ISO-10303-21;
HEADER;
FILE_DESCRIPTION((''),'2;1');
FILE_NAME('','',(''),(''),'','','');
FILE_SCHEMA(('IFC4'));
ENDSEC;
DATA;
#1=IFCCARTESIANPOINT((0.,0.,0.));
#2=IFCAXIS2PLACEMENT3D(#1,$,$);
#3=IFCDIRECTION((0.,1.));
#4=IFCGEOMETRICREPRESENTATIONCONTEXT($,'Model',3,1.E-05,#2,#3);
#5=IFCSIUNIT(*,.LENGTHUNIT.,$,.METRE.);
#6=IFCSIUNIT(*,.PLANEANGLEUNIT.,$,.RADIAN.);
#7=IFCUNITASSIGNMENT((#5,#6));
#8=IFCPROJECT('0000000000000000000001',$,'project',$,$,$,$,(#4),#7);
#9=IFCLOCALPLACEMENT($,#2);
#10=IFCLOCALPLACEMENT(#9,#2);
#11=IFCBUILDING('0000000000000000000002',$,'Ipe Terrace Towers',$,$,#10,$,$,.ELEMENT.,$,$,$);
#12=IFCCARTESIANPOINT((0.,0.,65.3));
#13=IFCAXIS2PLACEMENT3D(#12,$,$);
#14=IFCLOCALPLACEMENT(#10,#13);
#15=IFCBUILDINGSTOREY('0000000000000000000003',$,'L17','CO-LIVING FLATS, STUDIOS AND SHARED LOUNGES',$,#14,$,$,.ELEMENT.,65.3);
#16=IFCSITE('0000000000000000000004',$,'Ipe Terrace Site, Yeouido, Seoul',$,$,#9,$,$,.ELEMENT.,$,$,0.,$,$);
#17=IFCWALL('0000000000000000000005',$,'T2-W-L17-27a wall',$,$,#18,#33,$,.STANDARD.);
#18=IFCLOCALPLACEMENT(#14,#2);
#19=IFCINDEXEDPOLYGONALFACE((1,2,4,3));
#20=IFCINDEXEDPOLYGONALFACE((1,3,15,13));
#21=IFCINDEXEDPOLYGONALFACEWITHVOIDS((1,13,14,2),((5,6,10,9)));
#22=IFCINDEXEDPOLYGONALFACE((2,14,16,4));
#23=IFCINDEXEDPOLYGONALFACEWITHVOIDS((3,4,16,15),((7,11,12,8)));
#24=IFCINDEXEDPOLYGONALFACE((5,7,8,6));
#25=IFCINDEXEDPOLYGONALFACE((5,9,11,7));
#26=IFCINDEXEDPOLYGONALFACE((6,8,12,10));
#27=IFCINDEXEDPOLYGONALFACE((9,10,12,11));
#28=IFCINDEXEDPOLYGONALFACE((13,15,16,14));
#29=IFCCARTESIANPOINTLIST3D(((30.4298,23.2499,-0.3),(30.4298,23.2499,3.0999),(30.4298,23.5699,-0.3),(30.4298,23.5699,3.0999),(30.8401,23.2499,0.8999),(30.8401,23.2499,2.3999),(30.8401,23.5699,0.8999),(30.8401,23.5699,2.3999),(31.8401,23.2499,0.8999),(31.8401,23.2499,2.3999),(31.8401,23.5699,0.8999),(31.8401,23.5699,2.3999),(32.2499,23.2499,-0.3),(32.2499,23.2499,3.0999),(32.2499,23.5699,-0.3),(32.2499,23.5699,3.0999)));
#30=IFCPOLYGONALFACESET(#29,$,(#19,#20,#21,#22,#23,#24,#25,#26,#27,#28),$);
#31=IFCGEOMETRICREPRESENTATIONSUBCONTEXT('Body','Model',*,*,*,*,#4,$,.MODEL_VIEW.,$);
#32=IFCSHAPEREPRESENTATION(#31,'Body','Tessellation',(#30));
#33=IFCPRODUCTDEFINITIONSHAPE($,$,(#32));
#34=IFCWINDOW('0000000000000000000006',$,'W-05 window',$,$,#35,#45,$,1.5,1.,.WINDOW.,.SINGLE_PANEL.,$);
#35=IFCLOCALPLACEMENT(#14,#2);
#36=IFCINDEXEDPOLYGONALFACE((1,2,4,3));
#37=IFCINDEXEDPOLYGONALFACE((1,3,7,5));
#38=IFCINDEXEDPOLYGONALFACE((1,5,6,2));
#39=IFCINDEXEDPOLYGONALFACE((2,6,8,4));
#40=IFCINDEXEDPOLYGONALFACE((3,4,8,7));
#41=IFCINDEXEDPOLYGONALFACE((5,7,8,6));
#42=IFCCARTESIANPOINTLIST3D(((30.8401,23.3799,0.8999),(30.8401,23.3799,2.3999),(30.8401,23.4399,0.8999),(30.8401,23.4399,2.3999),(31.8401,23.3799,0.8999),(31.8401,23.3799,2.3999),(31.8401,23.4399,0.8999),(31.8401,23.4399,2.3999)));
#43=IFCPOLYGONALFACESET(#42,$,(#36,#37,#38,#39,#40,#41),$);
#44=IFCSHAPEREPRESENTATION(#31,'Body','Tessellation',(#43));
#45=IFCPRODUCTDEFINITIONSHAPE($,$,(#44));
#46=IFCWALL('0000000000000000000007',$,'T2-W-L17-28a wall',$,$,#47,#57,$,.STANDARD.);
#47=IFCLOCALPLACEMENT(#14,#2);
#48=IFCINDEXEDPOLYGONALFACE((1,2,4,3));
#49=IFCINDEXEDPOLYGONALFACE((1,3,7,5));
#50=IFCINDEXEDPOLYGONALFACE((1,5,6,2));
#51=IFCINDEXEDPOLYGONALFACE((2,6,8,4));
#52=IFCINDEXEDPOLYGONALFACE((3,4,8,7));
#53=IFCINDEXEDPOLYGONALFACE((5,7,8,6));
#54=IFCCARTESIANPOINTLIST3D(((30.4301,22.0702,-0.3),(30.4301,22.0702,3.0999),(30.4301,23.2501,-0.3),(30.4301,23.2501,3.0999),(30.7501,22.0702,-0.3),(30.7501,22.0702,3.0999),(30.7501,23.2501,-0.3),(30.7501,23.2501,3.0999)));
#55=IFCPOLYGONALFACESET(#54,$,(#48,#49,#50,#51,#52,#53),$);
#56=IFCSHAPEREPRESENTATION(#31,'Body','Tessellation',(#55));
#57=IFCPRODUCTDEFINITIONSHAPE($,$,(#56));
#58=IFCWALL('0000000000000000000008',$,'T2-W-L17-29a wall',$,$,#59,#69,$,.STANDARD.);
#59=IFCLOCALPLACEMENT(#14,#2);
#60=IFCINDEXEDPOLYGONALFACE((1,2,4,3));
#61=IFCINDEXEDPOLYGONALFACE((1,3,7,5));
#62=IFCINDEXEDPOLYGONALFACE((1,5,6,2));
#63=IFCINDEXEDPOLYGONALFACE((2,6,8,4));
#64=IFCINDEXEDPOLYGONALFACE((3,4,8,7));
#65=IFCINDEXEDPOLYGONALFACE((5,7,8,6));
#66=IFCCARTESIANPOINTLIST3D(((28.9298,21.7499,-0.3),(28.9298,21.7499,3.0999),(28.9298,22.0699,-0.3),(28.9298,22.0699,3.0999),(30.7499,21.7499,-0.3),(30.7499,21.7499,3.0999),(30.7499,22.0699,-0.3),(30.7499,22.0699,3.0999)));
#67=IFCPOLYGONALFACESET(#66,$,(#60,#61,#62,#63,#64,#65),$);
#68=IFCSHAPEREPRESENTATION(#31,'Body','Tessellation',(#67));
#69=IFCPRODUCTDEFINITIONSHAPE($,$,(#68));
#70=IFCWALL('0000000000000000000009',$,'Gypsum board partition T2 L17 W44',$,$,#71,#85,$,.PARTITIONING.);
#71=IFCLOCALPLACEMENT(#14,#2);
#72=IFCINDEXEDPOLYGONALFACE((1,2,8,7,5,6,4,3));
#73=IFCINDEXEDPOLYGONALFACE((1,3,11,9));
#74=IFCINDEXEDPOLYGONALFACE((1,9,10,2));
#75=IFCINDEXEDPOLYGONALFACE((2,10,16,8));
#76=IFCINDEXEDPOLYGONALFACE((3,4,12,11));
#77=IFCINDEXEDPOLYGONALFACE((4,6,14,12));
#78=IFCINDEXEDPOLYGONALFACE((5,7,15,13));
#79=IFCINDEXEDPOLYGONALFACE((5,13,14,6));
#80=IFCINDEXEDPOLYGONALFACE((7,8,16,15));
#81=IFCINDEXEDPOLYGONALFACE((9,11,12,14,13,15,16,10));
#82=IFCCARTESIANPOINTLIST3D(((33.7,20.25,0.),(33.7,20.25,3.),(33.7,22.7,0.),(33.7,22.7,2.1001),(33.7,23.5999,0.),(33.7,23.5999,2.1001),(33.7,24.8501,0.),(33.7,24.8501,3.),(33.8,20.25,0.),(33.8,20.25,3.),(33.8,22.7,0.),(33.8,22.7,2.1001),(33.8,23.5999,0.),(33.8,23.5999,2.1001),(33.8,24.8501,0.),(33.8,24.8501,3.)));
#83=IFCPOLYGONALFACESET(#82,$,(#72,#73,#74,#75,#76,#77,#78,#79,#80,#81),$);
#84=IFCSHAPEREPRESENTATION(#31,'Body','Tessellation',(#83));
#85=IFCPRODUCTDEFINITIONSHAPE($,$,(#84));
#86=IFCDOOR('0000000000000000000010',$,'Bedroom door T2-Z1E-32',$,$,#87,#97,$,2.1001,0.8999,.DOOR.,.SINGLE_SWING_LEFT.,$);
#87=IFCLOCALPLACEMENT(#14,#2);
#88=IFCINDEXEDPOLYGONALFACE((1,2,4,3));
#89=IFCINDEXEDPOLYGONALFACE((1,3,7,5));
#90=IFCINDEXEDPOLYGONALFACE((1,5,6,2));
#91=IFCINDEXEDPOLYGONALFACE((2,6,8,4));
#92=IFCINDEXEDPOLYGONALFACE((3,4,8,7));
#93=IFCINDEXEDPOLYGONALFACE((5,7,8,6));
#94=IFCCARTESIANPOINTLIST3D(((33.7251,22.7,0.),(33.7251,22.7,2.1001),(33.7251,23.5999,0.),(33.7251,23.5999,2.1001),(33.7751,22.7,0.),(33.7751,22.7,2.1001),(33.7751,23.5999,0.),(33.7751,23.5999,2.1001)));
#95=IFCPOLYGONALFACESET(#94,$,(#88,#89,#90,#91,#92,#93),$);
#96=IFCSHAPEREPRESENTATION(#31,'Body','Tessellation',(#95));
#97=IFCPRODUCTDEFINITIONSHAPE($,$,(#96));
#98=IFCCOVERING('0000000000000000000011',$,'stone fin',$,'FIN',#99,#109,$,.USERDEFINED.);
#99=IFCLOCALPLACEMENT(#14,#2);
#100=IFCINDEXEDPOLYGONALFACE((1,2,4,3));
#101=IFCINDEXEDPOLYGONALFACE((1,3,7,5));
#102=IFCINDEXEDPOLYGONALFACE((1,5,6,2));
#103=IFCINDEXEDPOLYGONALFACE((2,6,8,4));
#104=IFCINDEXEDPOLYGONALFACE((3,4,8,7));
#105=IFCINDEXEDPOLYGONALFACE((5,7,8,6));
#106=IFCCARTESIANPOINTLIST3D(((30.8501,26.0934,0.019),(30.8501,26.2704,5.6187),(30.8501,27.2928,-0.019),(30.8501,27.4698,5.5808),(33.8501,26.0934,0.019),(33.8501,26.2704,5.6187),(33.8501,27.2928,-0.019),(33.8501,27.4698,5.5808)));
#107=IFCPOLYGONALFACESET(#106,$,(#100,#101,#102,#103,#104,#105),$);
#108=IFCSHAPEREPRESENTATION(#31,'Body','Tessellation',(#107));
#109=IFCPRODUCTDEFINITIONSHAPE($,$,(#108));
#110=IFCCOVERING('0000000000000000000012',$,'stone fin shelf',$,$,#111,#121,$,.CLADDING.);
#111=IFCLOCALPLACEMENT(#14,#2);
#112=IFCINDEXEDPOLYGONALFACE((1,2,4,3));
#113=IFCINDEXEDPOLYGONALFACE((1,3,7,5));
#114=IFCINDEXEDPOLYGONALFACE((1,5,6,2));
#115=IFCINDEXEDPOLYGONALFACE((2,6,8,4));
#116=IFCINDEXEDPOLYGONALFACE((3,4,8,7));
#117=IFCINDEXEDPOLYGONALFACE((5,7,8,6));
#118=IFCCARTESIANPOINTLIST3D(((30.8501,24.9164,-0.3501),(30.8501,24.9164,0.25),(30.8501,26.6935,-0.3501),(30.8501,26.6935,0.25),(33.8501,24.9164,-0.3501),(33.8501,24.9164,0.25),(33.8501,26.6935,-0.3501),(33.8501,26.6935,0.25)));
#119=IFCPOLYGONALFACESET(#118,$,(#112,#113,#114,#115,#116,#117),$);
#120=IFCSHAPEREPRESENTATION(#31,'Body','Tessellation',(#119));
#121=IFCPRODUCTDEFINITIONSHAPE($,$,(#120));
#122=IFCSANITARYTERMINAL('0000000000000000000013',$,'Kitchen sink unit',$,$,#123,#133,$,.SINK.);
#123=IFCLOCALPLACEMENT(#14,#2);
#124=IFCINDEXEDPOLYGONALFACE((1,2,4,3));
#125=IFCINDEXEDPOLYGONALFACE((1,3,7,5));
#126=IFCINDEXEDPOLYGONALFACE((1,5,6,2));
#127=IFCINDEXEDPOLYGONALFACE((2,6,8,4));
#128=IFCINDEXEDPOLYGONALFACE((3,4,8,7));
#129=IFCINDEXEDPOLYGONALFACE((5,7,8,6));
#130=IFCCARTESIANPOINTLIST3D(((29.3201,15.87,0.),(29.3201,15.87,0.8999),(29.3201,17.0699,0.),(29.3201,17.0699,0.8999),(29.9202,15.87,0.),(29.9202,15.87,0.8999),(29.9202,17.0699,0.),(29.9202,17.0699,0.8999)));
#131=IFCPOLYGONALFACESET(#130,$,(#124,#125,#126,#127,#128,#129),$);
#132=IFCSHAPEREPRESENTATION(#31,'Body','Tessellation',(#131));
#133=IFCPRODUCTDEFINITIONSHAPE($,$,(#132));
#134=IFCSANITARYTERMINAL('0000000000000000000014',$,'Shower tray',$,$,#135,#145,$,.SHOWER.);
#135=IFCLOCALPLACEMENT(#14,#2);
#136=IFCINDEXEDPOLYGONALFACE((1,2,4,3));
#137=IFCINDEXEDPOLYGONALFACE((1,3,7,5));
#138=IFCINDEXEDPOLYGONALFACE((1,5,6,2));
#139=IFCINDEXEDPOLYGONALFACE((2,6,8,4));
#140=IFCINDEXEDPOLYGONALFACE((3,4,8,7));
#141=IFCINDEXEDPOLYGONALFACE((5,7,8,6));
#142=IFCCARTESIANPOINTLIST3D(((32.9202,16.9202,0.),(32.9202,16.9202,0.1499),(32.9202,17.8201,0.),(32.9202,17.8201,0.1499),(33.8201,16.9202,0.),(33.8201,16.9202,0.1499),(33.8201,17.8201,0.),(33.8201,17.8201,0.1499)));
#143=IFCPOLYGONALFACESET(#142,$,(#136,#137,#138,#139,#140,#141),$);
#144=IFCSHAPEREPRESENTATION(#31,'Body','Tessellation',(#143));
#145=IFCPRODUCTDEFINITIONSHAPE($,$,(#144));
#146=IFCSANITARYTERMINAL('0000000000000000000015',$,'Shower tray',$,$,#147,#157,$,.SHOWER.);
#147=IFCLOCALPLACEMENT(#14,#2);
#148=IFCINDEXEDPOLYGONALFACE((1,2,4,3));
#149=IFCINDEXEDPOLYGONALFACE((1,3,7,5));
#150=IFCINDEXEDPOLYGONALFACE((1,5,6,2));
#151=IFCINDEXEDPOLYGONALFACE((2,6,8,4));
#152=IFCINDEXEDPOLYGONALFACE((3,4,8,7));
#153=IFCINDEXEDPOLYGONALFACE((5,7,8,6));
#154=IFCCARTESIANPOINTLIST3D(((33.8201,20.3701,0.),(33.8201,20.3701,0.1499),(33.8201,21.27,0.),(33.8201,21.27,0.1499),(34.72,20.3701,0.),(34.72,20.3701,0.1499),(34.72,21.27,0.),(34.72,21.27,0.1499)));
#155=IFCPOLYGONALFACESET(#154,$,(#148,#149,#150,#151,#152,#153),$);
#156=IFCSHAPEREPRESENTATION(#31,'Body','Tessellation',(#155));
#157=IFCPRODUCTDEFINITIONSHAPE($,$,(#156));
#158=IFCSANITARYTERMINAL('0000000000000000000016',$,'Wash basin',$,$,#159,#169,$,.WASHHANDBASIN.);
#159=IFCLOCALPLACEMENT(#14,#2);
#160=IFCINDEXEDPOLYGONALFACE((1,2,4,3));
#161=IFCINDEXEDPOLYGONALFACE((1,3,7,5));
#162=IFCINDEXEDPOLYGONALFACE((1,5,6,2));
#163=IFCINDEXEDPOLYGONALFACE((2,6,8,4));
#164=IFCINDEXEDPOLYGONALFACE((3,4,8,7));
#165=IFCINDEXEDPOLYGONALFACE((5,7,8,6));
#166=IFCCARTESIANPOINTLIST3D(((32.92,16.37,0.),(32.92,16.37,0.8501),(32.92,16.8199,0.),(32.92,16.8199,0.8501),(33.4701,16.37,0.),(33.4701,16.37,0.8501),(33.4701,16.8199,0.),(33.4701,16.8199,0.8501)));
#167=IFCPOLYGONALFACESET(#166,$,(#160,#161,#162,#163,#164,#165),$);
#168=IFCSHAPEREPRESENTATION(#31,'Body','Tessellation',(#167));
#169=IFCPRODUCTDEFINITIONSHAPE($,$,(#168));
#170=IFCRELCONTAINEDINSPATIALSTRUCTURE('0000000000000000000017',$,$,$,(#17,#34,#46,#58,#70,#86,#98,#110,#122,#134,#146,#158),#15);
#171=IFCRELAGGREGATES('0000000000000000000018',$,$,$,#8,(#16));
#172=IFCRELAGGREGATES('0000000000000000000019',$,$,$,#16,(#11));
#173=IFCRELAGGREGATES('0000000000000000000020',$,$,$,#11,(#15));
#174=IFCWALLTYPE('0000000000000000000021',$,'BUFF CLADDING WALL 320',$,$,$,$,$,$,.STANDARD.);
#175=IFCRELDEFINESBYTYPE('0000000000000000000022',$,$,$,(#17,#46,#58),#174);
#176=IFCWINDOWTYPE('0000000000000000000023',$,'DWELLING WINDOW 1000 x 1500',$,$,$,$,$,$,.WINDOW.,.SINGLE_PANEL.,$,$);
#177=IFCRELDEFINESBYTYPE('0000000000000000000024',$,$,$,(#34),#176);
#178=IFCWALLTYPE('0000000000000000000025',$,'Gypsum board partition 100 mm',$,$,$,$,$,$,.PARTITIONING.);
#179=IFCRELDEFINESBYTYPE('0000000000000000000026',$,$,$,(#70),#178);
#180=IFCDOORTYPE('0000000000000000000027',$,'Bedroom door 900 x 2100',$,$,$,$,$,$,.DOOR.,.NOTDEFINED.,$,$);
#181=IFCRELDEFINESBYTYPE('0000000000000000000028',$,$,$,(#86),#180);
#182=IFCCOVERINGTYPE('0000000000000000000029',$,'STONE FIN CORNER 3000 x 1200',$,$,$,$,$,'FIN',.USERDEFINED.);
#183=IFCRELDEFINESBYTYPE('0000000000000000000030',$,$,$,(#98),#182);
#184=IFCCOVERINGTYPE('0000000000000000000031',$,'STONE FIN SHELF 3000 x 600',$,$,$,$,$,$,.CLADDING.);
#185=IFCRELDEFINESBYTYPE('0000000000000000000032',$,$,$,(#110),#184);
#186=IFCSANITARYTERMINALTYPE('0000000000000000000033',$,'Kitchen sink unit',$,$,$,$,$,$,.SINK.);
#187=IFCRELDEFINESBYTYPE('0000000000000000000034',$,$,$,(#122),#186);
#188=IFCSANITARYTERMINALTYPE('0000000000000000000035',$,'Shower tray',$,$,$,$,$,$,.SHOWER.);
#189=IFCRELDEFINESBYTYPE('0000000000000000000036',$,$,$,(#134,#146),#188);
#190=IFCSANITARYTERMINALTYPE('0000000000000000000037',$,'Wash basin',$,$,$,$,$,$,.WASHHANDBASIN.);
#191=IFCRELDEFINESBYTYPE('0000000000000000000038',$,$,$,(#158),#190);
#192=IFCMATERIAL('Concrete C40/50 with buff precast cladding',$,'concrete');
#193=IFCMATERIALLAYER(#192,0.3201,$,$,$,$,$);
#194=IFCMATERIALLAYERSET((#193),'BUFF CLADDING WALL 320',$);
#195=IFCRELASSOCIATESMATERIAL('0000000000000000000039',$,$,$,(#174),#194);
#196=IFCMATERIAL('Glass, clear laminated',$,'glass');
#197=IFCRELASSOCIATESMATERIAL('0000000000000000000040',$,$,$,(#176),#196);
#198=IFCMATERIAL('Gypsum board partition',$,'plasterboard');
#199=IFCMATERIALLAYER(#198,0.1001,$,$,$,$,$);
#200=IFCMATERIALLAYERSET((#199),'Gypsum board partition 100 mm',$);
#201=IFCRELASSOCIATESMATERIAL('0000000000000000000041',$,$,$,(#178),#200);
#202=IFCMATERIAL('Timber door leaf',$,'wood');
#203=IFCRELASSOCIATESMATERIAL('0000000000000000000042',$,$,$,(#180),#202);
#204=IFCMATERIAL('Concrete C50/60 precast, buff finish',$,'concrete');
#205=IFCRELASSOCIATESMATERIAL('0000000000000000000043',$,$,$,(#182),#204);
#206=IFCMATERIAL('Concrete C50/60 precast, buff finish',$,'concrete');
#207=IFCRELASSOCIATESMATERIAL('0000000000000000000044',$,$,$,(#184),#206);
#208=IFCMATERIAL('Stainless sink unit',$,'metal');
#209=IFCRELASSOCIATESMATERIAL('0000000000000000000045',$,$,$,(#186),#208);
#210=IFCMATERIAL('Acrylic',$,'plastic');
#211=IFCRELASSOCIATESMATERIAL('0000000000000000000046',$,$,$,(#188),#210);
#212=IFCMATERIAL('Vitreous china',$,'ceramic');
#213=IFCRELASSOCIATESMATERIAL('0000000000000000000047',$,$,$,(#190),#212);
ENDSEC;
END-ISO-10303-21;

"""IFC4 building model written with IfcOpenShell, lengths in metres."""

from ifc_helpers import new_model, si_unit, direction, frame, frame_2d, origin, origin_2d, place, context, subcontext, project, spatial, rectangle, extrude, material, layer, layer_set, material_profile, profile_set, type_object, element, fill, save


model = new_model("IFC4")

# Units and contexts
model_context = context("Model", 3, precision=1e-05, world=origin(), true_north=direction((0.0, 1.0)))
body_context = subcontext(model_context, "Body", "Model", "MODEL_VIEW")
ifc_project = project(units=[si_unit("LENGTHUNIT", "METRE"), si_unit("PLANEANGLEUNIT", "RADIAN")], contexts=[model_context])

# Site, building, storey
site_placement = place(None, origin())
site = spatial("IfcSite", under=ifc_project, at=site_placement, Name="Ipe Terrace Site, Yeouido, Seoul", CompositionType="ELEMENT", RefElevation=0.0)
building_placement = place(site_placement, origin())
building = spatial("IfcBuilding", under=site, at=building_placement, Name="Ipe Terrace Towers", CompositionType="ELEMENT")
storey_placement = place(building_placement, frame((0.0, 0.0, 65.3)))
storey = spatial("IfcBuildingStorey", under=building, at=storey_placement, Name="L17", Description="CO-LIVING FLATS, STUDIOS AND SHARED LOUNGES", CompositionType="ELEMENT", Elevation=65.3)

# Shared definitions
ifc_material_1 = material(Name="Concrete C40/50 with buff precast cladding", Category="concrete")
ifc_layer_1 = layer(ifc_material_1, 0.3201)
ifc_layer_set_1 = layer_set([ifc_layer_1], Name="BUFF CLADDING WALL 320")
wall_type_1 = type_object("IfcWallType", Name="BUFF CLADDING WALL 320", PredefinedType="STANDARD", material=ifc_layer_set_1)

# Wall, opening, window
wall_1_placement = place(storey_placement, frame((32.25, 23.4099, -0.3), z_axis=(0.0, 0.0, 1.0), x_axis=(-1.0, 0.0, 0.0)))
wall_1 = element("IfcWall", 1, at=wall_1_placement, inside=storey, type_object=wall_type_1, Name="T2-W-L17-27a wall", PredefinedType="STANDARD", context=body_context, shape_type="SweptSolid", body=[
    extrude(rectangle(XDim=1.8201, YDim=0.3201, at=frame_2d((0.9102, 0.0))), origin(), (0.0, 0.0, 1.0), 3.3999),
])
opening_1_placement = place(wall_1_placement, frame((0.4099, 0.0, 1.2)))
opening_1 = element("IfcOpeningElement", 2, at=opening_1_placement, cuts=wall_1, PredefinedType="OPENING", context=body_context, shape_type="SweptSolid", body=[
    extrude(rectangle(XDim=1.0, YDim=1.5, at=frame_2d((0.5, 0.75))), frame((0.0, 0.1699, 0.0), z_axis=(0.0, -1.0, 0.0), x_axis=(1.0, 0.0, 0.0)), (0.0, 0.0, 1.0), 0.3401),
])
ifc_material_2 = material(Name="Glass, clear laminated", Category="glass")
window_type = type_object("IfcWindowType", Name="DWELLING WINDOW 1000 x 1500", PartitioningType="SINGLE_PANEL", PredefinedType="WINDOW", material=ifc_material_2)
window_placement = place(opening_1_placement, origin())
window = element("IfcWindow", 3, at=window_placement, inside=storey, type_object=window_type, Name="W-05 window", OverallHeight=1.5, OverallWidth=1.0, PartitioningType="SINGLE_PANEL", PredefinedType="WINDOW", context=body_context, shape_type="SweptSolid", body=[
    extrude(rectangle(XDim=1.0, YDim=1.5, at=frame_2d((0.5, 0.75))), frame((0.0, 0.03, 0.0), z_axis=(0.0, -1.0, 0.0), x_axis=(1.0, 0.0, 0.0)), (0.0, 0.0, 1.0), 0.0601),
])
fill(opening_1, window)

# Walls
wall_2_placement = place(storey_placement, frame((30.5901, 23.25, -0.3), z_axis=(0.0, 0.0, 1.0), x_axis=(0.0, -1.0, 0.0)))
element("IfcWall", 4, at=wall_2_placement, inside=storey, type_object=wall_type_1, Name="T2-W-L17-28a wall", PredefinedType="STANDARD", context=body_context, shape_type="SweptSolid", body=[
    extrude(rectangle(XDim=1.1799, YDim=0.3201, at=frame_2d((0.5898, 0.0))), origin(), (0.0, 0.0, 1.0), 3.3999),
])
wall_3_placement = place(storey_placement, frame((30.75, 21.9099, -0.3), z_axis=(0.0, 0.0, 1.0), x_axis=(-1.0, 0.0, 0.0)))
element("IfcWall", 5, at=wall_3_placement, inside=storey, type_object=wall_type_1, Name="T2-W-L17-29a wall", PredefinedType="STANDARD", context=body_context, shape_type="SweptSolid", body=[
    extrude(rectangle(XDim=1.8201, YDim=0.3201, at=frame_2d((0.9102, 0.0))), origin(), (0.0, 0.0, 1.0), 3.3999),
])

# Wall, opening, door
ifc_material_3 = material(Name="Gypsum board partition", Category="plasterboard")
ifc_layer_2 = layer(ifc_material_3, 0.1001)
ifc_layer_set_2 = layer_set([ifc_layer_2], Name="Gypsum board partition 100 mm")
wall_type_2 = type_object("IfcWallType", Name="Gypsum board partition 100 mm", PredefinedType="PARTITIONING", material=ifc_layer_set_2)
wall_4_placement = place(storey_placement, frame((33.75, 20.25, 0.0), z_axis=(0.0, 0.0, 1.0), x_axis=(0.0, 1.0, 0.0)))
wall_4 = element("IfcWall", 6, at=wall_4_placement, inside=storey, type_object=wall_type_2, Name="Gypsum board partition T2 L17 W44", PredefinedType="PARTITIONING", context=body_context, shape_type="SweptSolid", body=[
    extrude(rectangle(XDim=4.6001, YDim=0.1001, at=frame_2d((2.3, 0.0))), origin(), (0.0, 0.0, 1.0), 3.0),
])
opening_2_placement = place(wall_4_placement, frame((2.45, 0.0, 0.0)))
opening_2 = element("IfcOpeningElement", 7, at=opening_2_placement, cuts=wall_4, PredefinedType="OPENING", context=body_context, shape_type="SweptSolid", body=[
    extrude(rectangle(XDim=0.8999, YDim=2.1001, at=frame_2d((0.45, 1.05))), frame((0.0, 0.0601, 0.0), z_axis=(0.0, -1.0, 0.0), x_axis=(1.0, 0.0, 0.0)), (0.0, 0.0, 1.0), 0.1201),
])
ifc_material_4 = material(Name="Timber door leaf", Category="wood")
door_type = type_object("IfcDoorType", Name="Bedroom door 900 x 2100", OperationType="NOTDEFINED", PredefinedType="DOOR", material=ifc_material_4)
door_placement = place(opening_2_placement, origin())
door = element("IfcDoor", 8, at=door_placement, inside=storey, type_object=door_type, Name="Bedroom door T2-Z1E-32", OperationType="SINGLE_SWING_LEFT", OverallHeight=2.1001, OverallWidth=0.8999, PredefinedType="DOOR", context=body_context, shape_type="SweptSolid", body=[
    extrude(rectangle(XDim=0.8999, YDim=2.1001, at=frame_2d((0.45, 1.05))), frame((0.0, 0.0249, 0.0), z_axis=(0.0, -1.0, 0.0), x_axis=(1.0, 0.0, 0.0)), (0.0, 0.0, 1.0), 0.05),
])
fill(opening_2, door)

# Coverings
ifc_material_5 = material(Name="Concrete C50/60 precast, buff finish", Category="concrete")
ifc_material_profile_1 = material_profile(ifc_material_5, rectangle(XDim=3.0, YDim=1.2, at=origin_2d()), Name="STONE FIN CORNER 3000 x 1200")
ifc_profile_set_1 = profile_set([ifc_material_profile_1], Name="Concrete C50/60 precast, buff finish")
covering_type_1 = type_object("IfcCoveringType", Name="STONE FIN CORNER 3000 x 1200", ElementType="FIN", PredefinedType="USERDEFINED", material=ifc_profile_set_1)
covering_1_placement = place(storey_placement, frame((32.3501, 26.6931, 0.0), z_axis=(0.0, 0.031593, 0.999501), x_axis=(-1.0, 0.0, 0.0)))
element("IfcCovering", 9, at=covering_1_placement, inside=storey, type_object=covering_type_1, Name="stone fin", ObjectType="FIN", PredefinedType="USERDEFINED", context=body_context, shape_type="SweptSolid", body=[
    extrude(rectangle(XDim=3.0, YDim=1.2, at=origin_2d()), origin(), (0.0, 0.0, 1.0), 5.6025),
])
ifc_material_6 = material(Name="Concrete C50/60 precast, buff finish", Category="concrete")
covering_type_2 = type_object("IfcCoveringType", Name="STONE FIN SHELF 3000 x 600", PredefinedType="CLADDING", material=ifc_material_6)
covering_2_placement = place(storey_placement, frame((32.3501, 25.8049, -0.3501), z_axis=(0.0, 0.0, 1.0), x_axis=(-1.0, 0.0, 0.0)))
element("IfcCovering", 10, at=covering_2_placement, inside=storey, type_object=covering_type_2, Name="stone fin shelf", PredefinedType="CLADDING", context=body_context, shape_type="SweptSolid", body=[
    extrude(rectangle(XDim=3.0, YDim=1.7771, at=origin_2d()), origin(), (0.0, 0.0, 1.0), 0.6001),
])

# Sanitary terminals
ifc_material_7 = material(Name="Stainless sink unit", Category="metal")
sanitary_terminal_type_1 = type_object("IfcSanitaryTerminalType", Name="Kitchen sink unit", PredefinedType="SINK", material=ifc_material_7)
sanitary_terminal_1_placement = place(storey_placement, frame((29.6201, 16.47, 0.0), z_axis=(0.0, 0.0, 1.0), x_axis=(0.0, 1.0, 0.0)))
element("IfcSanitaryTerminal", 11, at=sanitary_terminal_1_placement, inside=storey, type_object=sanitary_terminal_type_1, Name="Kitchen sink unit", PredefinedType="SINK", context=body_context, shape_type="SweptSolid", body=[
    extrude(rectangle(XDim=1.2, YDim=0.6001, at=origin_2d()), origin(), (0.0, 0.0, 1.0), 0.8999),
])
ifc_material_8 = material(Name="Acrylic", Category="plastic")
sanitary_terminal_type_2 = type_object("IfcSanitaryTerminalType", Name="Shower tray", PredefinedType="SHOWER", material=ifc_material_8)
for number, where, z_axis, x_axis, name in (
    (12, (33.3701, 17.3701, 0.0), (0.0, 0.0, 1.0), (1.0, 0.0, 0.0), "Shower tray"),
    (13, (34.27, 20.8201, 0.0), (0.0, 0.0, 1.0), (1.0, 0.0, 0.0), "Shower tray"),
):
    element("IfcSanitaryTerminal", number, at=place(storey_placement, frame(where, z_axis=z_axis, x_axis=x_axis)), inside=storey, type_object=sanitary_terminal_type_2, Name=name, PredefinedType="SHOWER", context=body_context, shape_type="SweptSolid", body=[
        extrude(rectangle(XDim=0.8999, YDim=0.8999, at=origin_2d()), origin(), (0.0, 0.0, 1.0), 0.1499),
    ])
ifc_material_9 = material(Name="Vitreous china", Category="ceramic")
sanitary_terminal_type_3 = type_object("IfcSanitaryTerminalType", Name="Wash basin", PredefinedType="WASHHANDBASIN", material=ifc_material_9)
for number, where, z_axis, x_axis, name in (
    (14, (33.1951, 16.595, 0.0), (0.0, 0.0, 1.0), (1.0, 0.0, 0.0), "Wash basin"),
):
    element("IfcSanitaryTerminal", number, at=place(storey_placement, frame(where, z_axis=z_axis, x_axis=x_axis)), inside=storey, type_object=sanitary_terminal_type_3, Name=name, PredefinedType="WASHHANDBASIN", context=body_context, shape_type="SweptSolid", body=[
        extrude(rectangle(XDim=0.55, YDim=0.45, at=origin_2d()), origin(), (0.0, 0.0, 1.0), 0.8501),
    ])

save(model, "model.ifc")
